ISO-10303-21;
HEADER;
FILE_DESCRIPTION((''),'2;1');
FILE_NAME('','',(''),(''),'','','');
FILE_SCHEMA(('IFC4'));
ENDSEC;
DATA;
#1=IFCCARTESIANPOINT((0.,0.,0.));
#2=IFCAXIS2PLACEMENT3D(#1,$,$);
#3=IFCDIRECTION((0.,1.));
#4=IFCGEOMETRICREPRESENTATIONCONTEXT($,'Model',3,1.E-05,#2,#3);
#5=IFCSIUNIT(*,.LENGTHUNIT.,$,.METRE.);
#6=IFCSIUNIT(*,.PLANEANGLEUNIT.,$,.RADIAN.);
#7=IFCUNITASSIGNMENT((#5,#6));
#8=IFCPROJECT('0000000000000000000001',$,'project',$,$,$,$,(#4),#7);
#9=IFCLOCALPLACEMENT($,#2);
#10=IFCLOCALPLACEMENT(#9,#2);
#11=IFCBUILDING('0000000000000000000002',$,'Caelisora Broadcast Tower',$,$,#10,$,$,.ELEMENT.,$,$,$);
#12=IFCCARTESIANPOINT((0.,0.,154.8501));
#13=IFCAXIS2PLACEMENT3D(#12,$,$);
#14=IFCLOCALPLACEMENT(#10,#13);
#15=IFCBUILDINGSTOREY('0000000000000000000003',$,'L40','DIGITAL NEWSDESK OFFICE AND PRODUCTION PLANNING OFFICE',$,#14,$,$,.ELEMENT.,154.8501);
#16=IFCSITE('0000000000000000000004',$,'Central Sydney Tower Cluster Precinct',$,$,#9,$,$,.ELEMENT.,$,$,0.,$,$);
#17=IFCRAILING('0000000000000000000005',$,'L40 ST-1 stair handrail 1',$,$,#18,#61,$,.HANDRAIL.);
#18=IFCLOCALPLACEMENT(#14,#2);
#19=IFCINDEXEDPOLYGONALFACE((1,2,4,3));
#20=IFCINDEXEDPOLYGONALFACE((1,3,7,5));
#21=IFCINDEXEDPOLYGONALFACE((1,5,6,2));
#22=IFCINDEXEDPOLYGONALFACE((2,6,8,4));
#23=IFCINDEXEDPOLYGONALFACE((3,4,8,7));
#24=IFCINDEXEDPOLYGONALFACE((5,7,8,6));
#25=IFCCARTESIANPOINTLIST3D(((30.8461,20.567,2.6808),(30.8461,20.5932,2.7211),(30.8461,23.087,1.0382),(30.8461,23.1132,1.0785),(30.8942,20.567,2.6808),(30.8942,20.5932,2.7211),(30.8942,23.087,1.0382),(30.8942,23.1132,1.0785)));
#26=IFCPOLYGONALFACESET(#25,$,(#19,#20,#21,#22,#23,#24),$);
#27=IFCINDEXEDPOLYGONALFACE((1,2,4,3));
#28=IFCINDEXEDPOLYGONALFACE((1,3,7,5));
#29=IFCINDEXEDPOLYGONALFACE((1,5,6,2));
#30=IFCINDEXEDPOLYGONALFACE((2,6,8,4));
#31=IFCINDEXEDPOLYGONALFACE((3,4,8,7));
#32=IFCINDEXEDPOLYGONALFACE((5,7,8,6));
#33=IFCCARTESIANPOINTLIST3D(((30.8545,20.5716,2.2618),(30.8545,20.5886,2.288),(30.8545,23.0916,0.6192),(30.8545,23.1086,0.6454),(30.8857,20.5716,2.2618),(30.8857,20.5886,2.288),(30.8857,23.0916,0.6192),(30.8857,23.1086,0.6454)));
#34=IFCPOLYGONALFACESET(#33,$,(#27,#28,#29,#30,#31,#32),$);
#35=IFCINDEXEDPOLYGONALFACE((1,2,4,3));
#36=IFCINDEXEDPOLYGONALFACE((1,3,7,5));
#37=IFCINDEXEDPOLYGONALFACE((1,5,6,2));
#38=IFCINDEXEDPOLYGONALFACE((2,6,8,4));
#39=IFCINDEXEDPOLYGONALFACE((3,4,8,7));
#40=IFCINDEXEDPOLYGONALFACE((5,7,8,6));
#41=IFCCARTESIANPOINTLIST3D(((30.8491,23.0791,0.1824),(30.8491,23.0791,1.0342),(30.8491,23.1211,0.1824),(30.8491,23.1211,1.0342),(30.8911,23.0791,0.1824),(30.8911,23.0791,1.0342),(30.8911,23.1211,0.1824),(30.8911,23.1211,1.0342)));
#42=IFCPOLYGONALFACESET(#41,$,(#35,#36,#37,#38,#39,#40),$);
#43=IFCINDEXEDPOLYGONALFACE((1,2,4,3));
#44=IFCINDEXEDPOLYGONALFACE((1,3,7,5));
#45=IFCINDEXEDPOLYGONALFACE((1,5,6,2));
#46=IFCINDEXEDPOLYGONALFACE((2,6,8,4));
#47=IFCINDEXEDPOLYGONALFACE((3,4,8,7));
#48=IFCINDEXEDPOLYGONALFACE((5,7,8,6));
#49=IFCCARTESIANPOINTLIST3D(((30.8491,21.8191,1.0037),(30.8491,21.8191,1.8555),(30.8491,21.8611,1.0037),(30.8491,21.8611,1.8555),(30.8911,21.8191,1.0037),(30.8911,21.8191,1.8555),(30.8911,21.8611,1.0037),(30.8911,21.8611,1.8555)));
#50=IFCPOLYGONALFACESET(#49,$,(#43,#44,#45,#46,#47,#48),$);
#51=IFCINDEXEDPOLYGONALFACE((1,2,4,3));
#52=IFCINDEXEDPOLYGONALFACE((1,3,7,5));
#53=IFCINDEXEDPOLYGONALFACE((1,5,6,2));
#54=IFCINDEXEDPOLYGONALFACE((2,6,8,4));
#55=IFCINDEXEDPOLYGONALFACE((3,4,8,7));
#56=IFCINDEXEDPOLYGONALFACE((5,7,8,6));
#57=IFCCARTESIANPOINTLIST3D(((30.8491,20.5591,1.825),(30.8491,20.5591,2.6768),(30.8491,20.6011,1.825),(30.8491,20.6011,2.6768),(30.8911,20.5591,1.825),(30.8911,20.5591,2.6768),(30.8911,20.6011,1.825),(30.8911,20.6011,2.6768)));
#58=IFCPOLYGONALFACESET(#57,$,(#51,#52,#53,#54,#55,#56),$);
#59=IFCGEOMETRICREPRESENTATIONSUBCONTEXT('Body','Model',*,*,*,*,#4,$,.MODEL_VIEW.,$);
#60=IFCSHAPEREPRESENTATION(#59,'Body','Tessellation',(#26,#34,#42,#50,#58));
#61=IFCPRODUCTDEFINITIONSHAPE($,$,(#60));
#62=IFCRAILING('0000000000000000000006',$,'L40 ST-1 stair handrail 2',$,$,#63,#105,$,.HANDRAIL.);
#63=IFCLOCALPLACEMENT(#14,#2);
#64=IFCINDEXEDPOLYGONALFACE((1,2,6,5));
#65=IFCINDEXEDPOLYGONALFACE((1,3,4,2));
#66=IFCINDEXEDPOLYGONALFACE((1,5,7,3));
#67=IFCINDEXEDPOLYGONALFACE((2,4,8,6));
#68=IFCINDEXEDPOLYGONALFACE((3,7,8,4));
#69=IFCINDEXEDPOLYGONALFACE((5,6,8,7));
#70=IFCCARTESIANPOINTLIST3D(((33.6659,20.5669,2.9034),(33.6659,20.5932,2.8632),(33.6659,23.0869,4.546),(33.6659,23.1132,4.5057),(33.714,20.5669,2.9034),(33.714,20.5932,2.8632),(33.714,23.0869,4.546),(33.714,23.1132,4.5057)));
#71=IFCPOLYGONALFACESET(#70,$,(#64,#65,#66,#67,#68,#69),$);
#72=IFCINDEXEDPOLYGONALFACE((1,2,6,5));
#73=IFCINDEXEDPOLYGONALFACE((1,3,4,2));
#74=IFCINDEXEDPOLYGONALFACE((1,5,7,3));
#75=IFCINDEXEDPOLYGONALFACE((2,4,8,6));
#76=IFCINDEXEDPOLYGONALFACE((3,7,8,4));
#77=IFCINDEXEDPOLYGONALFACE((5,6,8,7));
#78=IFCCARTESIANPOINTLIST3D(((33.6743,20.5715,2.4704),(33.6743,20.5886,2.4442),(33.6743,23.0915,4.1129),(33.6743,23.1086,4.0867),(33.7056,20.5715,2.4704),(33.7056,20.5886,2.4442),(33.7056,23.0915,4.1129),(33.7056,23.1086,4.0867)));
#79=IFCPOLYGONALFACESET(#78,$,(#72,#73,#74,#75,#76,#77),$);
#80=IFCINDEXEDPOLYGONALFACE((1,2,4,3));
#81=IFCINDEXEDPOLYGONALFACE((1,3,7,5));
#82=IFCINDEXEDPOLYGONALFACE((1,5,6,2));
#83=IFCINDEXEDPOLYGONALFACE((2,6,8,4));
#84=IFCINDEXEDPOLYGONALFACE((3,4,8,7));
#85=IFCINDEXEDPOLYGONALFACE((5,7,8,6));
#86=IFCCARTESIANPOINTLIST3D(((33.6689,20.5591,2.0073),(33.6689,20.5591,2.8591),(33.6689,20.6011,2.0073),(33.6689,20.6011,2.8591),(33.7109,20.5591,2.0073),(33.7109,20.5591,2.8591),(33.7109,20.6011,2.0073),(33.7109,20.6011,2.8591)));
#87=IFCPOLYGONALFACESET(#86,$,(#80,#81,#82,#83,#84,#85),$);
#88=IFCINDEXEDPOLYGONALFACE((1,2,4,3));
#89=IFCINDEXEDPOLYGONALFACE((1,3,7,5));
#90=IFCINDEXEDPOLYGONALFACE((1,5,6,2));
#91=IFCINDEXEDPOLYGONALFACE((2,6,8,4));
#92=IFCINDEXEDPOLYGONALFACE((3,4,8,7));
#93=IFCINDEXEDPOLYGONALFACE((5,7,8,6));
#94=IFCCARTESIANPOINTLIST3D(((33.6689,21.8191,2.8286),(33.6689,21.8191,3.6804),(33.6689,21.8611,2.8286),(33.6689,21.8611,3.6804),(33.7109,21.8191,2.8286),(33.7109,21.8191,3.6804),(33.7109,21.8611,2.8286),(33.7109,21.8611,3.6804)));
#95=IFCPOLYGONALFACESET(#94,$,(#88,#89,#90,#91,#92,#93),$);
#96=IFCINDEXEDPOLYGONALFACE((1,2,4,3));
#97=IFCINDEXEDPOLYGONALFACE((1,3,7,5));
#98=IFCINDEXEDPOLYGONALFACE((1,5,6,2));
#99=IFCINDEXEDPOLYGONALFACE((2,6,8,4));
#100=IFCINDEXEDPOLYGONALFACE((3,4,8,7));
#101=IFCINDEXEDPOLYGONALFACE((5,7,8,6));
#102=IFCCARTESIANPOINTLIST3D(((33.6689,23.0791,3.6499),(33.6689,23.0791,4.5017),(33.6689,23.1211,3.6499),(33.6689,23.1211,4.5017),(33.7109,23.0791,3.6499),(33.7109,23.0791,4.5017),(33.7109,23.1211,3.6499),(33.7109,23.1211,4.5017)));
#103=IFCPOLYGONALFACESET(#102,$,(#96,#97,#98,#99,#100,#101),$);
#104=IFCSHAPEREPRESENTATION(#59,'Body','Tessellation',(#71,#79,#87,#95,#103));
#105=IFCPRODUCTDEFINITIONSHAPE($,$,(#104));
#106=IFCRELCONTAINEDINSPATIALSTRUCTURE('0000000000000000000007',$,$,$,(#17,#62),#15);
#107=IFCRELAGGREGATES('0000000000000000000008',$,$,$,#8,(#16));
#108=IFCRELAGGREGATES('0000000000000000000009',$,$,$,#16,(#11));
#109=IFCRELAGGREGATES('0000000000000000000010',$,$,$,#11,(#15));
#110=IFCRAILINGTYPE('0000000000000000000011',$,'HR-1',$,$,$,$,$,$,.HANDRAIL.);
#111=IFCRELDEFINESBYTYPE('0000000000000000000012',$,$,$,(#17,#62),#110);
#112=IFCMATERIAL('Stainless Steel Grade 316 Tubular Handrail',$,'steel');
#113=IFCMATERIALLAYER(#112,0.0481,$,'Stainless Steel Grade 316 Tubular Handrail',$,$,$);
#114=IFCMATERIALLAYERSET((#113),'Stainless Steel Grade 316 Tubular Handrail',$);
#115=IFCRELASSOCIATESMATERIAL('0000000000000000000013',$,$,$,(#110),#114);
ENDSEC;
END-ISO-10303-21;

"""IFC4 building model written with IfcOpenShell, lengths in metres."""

from ifc_helpers import new_model, si_unit, direction, frame, origin, origin_2d, place, context, subcontext, project, spatial, rectangle, extrude, material, layer, layer_set, type_object, element, save


model = new_model("IFC4")

# Units and contexts
model_context = context("Model", 3, precision=1e-05, world=origin(), true_north=direction((0.0, 1.0)))
body_context = subcontext(model_context, "Body", "Model", "MODEL_VIEW")
ifc_project = project(units=[si_unit("LENGTHUNIT", "METRE"), si_unit("PLANEANGLEUNIT", "RADIAN")], contexts=[model_context])

# Site, building, storey
site_placement = place(None, origin())
site = spatial("IfcSite", under=ifc_project, at=site_placement, Name="Central Sydney Tower Cluster Precinct", CompositionType="ELEMENT", RefElevation=0.0)
building_placement = place(site_placement, origin())
building = spatial("IfcBuilding", under=site, at=building_placement, Name="Caelisora Broadcast Tower", CompositionType="ELEMENT")
storey_placement = place(building_placement, frame((0.0, 0.0, 154.8501)))
storey = spatial("IfcBuildingStorey", under=building, at=storey_placement, Name="L40", Description="DIGITAL NEWSDESK OFFICE AND PRODUCTION PLANNING OFFICE", CompositionType="ELEMENT", Elevation=154.8501)

# Railings
ifc_material_1 = material(Name="Stainless Steel Grade 316 Tubular Handrail", Category="steel")
ifc_layer_1 = layer(ifc_material_1, 0.0481, Name="Stainless Steel Grade 316 Tubular Handrail")
ifc_layer_set_1 = layer_set([ifc_layer_1], Name="Stainless Steel Grade 316 Tubular Handrail")
railing_type_1 = type_object("IfcRailingType", Name="HR-1", PredefinedType="HANDRAIL", material=ifc_layer_set_1)
railing_1_placement = place(storey_placement, frame((30.8701, 23.1001, 0.1824)))
element("IfcRailing", 1, at=railing_1_placement, inside=storey, type_object=railing_type_1, Name="L40 ST-1 stair handrail 1", PredefinedType="HANDRAIL", context=body_context, shape_type="SweptSolid", body=[
    extrude(rectangle(XDim=0.0481, YDim=0.0481, at=origin_2d()), frame((0.0, 0.0, 0.876), z_axis=(0.0, -0.837749, 0.546055), x_axis=(1.0, 0.0, 0.0)), (0.0, 0.0, 1.0), 3.0081),
    extrude(rectangle(XDim=0.0312, YDim=0.0312, at=origin_2d()), frame((0.0, 0.0, 0.45), z_axis=(0.0, -0.837749, 0.546055), x_axis=(1.0, 0.0, 0.0)), (0.0, 0.0, 1.0), 3.0081),
    extrude(rectangle(XDim=0.042, YDim=0.042, at=origin_2d()), origin(), (0.0, 0.0, 1.0), 0.8518),
    extrude(rectangle(XDim=0.042, YDim=0.042, at=origin_2d()), frame((0.0, -1.26, 0.8213)), (0.0, 0.0, 1.0), 0.8518),
    extrude(rectangle(XDim=0.042, YDim=0.042, at=origin_2d()), frame((0.0, -2.52, 1.6426)), (0.0, 0.0, 1.0), 0.8518),
])
railing_2_placement = place(storey_placement, frame((33.6899, 20.5801, 2.0073)))
element("IfcRailing", 2, at=railing_2_placement, inside=storey, type_object=railing_type_1, Name="L40 ST-1 stair handrail 2", PredefinedType="HANDRAIL", context=body_context, shape_type="SweptSolid", body=[
    extrude(rectangle(XDim=0.0481, YDim=0.0481, at=origin_2d()), frame((0.0, 0.0, 0.876), z_axis=(0.0, 0.837749, 0.546055), x_axis=(-1.0, 0.0, 0.0)), (0.0, 0.0, 1.0), 3.0081),
    extrude(rectangle(XDim=0.0312, YDim=0.0312, at=origin_2d()), frame((0.0, 0.0, 0.45), z_axis=(0.0, 0.837749, 0.546055), x_axis=(-1.0, 0.0, 0.0)), (0.0, 0.0, 1.0), 3.0081),
    extrude(rectangle(XDim=0.042, YDim=0.042, at=origin_2d()), origin(), (0.0, 0.0, 1.0), 0.8518),
    extrude(rectangle(XDim=0.042, YDim=0.042, at=origin_2d()), frame((0.0, 1.26, 0.8213)), (0.0, 0.0, 1.0), 0.8518),
    extrude(rectangle(XDim=0.042, YDim=0.042, at=origin_2d()), frame((0.0, 2.52, 1.6426)), (0.0, 0.0, 1.0), 0.8518),
])

save(model, "model.ifc")
